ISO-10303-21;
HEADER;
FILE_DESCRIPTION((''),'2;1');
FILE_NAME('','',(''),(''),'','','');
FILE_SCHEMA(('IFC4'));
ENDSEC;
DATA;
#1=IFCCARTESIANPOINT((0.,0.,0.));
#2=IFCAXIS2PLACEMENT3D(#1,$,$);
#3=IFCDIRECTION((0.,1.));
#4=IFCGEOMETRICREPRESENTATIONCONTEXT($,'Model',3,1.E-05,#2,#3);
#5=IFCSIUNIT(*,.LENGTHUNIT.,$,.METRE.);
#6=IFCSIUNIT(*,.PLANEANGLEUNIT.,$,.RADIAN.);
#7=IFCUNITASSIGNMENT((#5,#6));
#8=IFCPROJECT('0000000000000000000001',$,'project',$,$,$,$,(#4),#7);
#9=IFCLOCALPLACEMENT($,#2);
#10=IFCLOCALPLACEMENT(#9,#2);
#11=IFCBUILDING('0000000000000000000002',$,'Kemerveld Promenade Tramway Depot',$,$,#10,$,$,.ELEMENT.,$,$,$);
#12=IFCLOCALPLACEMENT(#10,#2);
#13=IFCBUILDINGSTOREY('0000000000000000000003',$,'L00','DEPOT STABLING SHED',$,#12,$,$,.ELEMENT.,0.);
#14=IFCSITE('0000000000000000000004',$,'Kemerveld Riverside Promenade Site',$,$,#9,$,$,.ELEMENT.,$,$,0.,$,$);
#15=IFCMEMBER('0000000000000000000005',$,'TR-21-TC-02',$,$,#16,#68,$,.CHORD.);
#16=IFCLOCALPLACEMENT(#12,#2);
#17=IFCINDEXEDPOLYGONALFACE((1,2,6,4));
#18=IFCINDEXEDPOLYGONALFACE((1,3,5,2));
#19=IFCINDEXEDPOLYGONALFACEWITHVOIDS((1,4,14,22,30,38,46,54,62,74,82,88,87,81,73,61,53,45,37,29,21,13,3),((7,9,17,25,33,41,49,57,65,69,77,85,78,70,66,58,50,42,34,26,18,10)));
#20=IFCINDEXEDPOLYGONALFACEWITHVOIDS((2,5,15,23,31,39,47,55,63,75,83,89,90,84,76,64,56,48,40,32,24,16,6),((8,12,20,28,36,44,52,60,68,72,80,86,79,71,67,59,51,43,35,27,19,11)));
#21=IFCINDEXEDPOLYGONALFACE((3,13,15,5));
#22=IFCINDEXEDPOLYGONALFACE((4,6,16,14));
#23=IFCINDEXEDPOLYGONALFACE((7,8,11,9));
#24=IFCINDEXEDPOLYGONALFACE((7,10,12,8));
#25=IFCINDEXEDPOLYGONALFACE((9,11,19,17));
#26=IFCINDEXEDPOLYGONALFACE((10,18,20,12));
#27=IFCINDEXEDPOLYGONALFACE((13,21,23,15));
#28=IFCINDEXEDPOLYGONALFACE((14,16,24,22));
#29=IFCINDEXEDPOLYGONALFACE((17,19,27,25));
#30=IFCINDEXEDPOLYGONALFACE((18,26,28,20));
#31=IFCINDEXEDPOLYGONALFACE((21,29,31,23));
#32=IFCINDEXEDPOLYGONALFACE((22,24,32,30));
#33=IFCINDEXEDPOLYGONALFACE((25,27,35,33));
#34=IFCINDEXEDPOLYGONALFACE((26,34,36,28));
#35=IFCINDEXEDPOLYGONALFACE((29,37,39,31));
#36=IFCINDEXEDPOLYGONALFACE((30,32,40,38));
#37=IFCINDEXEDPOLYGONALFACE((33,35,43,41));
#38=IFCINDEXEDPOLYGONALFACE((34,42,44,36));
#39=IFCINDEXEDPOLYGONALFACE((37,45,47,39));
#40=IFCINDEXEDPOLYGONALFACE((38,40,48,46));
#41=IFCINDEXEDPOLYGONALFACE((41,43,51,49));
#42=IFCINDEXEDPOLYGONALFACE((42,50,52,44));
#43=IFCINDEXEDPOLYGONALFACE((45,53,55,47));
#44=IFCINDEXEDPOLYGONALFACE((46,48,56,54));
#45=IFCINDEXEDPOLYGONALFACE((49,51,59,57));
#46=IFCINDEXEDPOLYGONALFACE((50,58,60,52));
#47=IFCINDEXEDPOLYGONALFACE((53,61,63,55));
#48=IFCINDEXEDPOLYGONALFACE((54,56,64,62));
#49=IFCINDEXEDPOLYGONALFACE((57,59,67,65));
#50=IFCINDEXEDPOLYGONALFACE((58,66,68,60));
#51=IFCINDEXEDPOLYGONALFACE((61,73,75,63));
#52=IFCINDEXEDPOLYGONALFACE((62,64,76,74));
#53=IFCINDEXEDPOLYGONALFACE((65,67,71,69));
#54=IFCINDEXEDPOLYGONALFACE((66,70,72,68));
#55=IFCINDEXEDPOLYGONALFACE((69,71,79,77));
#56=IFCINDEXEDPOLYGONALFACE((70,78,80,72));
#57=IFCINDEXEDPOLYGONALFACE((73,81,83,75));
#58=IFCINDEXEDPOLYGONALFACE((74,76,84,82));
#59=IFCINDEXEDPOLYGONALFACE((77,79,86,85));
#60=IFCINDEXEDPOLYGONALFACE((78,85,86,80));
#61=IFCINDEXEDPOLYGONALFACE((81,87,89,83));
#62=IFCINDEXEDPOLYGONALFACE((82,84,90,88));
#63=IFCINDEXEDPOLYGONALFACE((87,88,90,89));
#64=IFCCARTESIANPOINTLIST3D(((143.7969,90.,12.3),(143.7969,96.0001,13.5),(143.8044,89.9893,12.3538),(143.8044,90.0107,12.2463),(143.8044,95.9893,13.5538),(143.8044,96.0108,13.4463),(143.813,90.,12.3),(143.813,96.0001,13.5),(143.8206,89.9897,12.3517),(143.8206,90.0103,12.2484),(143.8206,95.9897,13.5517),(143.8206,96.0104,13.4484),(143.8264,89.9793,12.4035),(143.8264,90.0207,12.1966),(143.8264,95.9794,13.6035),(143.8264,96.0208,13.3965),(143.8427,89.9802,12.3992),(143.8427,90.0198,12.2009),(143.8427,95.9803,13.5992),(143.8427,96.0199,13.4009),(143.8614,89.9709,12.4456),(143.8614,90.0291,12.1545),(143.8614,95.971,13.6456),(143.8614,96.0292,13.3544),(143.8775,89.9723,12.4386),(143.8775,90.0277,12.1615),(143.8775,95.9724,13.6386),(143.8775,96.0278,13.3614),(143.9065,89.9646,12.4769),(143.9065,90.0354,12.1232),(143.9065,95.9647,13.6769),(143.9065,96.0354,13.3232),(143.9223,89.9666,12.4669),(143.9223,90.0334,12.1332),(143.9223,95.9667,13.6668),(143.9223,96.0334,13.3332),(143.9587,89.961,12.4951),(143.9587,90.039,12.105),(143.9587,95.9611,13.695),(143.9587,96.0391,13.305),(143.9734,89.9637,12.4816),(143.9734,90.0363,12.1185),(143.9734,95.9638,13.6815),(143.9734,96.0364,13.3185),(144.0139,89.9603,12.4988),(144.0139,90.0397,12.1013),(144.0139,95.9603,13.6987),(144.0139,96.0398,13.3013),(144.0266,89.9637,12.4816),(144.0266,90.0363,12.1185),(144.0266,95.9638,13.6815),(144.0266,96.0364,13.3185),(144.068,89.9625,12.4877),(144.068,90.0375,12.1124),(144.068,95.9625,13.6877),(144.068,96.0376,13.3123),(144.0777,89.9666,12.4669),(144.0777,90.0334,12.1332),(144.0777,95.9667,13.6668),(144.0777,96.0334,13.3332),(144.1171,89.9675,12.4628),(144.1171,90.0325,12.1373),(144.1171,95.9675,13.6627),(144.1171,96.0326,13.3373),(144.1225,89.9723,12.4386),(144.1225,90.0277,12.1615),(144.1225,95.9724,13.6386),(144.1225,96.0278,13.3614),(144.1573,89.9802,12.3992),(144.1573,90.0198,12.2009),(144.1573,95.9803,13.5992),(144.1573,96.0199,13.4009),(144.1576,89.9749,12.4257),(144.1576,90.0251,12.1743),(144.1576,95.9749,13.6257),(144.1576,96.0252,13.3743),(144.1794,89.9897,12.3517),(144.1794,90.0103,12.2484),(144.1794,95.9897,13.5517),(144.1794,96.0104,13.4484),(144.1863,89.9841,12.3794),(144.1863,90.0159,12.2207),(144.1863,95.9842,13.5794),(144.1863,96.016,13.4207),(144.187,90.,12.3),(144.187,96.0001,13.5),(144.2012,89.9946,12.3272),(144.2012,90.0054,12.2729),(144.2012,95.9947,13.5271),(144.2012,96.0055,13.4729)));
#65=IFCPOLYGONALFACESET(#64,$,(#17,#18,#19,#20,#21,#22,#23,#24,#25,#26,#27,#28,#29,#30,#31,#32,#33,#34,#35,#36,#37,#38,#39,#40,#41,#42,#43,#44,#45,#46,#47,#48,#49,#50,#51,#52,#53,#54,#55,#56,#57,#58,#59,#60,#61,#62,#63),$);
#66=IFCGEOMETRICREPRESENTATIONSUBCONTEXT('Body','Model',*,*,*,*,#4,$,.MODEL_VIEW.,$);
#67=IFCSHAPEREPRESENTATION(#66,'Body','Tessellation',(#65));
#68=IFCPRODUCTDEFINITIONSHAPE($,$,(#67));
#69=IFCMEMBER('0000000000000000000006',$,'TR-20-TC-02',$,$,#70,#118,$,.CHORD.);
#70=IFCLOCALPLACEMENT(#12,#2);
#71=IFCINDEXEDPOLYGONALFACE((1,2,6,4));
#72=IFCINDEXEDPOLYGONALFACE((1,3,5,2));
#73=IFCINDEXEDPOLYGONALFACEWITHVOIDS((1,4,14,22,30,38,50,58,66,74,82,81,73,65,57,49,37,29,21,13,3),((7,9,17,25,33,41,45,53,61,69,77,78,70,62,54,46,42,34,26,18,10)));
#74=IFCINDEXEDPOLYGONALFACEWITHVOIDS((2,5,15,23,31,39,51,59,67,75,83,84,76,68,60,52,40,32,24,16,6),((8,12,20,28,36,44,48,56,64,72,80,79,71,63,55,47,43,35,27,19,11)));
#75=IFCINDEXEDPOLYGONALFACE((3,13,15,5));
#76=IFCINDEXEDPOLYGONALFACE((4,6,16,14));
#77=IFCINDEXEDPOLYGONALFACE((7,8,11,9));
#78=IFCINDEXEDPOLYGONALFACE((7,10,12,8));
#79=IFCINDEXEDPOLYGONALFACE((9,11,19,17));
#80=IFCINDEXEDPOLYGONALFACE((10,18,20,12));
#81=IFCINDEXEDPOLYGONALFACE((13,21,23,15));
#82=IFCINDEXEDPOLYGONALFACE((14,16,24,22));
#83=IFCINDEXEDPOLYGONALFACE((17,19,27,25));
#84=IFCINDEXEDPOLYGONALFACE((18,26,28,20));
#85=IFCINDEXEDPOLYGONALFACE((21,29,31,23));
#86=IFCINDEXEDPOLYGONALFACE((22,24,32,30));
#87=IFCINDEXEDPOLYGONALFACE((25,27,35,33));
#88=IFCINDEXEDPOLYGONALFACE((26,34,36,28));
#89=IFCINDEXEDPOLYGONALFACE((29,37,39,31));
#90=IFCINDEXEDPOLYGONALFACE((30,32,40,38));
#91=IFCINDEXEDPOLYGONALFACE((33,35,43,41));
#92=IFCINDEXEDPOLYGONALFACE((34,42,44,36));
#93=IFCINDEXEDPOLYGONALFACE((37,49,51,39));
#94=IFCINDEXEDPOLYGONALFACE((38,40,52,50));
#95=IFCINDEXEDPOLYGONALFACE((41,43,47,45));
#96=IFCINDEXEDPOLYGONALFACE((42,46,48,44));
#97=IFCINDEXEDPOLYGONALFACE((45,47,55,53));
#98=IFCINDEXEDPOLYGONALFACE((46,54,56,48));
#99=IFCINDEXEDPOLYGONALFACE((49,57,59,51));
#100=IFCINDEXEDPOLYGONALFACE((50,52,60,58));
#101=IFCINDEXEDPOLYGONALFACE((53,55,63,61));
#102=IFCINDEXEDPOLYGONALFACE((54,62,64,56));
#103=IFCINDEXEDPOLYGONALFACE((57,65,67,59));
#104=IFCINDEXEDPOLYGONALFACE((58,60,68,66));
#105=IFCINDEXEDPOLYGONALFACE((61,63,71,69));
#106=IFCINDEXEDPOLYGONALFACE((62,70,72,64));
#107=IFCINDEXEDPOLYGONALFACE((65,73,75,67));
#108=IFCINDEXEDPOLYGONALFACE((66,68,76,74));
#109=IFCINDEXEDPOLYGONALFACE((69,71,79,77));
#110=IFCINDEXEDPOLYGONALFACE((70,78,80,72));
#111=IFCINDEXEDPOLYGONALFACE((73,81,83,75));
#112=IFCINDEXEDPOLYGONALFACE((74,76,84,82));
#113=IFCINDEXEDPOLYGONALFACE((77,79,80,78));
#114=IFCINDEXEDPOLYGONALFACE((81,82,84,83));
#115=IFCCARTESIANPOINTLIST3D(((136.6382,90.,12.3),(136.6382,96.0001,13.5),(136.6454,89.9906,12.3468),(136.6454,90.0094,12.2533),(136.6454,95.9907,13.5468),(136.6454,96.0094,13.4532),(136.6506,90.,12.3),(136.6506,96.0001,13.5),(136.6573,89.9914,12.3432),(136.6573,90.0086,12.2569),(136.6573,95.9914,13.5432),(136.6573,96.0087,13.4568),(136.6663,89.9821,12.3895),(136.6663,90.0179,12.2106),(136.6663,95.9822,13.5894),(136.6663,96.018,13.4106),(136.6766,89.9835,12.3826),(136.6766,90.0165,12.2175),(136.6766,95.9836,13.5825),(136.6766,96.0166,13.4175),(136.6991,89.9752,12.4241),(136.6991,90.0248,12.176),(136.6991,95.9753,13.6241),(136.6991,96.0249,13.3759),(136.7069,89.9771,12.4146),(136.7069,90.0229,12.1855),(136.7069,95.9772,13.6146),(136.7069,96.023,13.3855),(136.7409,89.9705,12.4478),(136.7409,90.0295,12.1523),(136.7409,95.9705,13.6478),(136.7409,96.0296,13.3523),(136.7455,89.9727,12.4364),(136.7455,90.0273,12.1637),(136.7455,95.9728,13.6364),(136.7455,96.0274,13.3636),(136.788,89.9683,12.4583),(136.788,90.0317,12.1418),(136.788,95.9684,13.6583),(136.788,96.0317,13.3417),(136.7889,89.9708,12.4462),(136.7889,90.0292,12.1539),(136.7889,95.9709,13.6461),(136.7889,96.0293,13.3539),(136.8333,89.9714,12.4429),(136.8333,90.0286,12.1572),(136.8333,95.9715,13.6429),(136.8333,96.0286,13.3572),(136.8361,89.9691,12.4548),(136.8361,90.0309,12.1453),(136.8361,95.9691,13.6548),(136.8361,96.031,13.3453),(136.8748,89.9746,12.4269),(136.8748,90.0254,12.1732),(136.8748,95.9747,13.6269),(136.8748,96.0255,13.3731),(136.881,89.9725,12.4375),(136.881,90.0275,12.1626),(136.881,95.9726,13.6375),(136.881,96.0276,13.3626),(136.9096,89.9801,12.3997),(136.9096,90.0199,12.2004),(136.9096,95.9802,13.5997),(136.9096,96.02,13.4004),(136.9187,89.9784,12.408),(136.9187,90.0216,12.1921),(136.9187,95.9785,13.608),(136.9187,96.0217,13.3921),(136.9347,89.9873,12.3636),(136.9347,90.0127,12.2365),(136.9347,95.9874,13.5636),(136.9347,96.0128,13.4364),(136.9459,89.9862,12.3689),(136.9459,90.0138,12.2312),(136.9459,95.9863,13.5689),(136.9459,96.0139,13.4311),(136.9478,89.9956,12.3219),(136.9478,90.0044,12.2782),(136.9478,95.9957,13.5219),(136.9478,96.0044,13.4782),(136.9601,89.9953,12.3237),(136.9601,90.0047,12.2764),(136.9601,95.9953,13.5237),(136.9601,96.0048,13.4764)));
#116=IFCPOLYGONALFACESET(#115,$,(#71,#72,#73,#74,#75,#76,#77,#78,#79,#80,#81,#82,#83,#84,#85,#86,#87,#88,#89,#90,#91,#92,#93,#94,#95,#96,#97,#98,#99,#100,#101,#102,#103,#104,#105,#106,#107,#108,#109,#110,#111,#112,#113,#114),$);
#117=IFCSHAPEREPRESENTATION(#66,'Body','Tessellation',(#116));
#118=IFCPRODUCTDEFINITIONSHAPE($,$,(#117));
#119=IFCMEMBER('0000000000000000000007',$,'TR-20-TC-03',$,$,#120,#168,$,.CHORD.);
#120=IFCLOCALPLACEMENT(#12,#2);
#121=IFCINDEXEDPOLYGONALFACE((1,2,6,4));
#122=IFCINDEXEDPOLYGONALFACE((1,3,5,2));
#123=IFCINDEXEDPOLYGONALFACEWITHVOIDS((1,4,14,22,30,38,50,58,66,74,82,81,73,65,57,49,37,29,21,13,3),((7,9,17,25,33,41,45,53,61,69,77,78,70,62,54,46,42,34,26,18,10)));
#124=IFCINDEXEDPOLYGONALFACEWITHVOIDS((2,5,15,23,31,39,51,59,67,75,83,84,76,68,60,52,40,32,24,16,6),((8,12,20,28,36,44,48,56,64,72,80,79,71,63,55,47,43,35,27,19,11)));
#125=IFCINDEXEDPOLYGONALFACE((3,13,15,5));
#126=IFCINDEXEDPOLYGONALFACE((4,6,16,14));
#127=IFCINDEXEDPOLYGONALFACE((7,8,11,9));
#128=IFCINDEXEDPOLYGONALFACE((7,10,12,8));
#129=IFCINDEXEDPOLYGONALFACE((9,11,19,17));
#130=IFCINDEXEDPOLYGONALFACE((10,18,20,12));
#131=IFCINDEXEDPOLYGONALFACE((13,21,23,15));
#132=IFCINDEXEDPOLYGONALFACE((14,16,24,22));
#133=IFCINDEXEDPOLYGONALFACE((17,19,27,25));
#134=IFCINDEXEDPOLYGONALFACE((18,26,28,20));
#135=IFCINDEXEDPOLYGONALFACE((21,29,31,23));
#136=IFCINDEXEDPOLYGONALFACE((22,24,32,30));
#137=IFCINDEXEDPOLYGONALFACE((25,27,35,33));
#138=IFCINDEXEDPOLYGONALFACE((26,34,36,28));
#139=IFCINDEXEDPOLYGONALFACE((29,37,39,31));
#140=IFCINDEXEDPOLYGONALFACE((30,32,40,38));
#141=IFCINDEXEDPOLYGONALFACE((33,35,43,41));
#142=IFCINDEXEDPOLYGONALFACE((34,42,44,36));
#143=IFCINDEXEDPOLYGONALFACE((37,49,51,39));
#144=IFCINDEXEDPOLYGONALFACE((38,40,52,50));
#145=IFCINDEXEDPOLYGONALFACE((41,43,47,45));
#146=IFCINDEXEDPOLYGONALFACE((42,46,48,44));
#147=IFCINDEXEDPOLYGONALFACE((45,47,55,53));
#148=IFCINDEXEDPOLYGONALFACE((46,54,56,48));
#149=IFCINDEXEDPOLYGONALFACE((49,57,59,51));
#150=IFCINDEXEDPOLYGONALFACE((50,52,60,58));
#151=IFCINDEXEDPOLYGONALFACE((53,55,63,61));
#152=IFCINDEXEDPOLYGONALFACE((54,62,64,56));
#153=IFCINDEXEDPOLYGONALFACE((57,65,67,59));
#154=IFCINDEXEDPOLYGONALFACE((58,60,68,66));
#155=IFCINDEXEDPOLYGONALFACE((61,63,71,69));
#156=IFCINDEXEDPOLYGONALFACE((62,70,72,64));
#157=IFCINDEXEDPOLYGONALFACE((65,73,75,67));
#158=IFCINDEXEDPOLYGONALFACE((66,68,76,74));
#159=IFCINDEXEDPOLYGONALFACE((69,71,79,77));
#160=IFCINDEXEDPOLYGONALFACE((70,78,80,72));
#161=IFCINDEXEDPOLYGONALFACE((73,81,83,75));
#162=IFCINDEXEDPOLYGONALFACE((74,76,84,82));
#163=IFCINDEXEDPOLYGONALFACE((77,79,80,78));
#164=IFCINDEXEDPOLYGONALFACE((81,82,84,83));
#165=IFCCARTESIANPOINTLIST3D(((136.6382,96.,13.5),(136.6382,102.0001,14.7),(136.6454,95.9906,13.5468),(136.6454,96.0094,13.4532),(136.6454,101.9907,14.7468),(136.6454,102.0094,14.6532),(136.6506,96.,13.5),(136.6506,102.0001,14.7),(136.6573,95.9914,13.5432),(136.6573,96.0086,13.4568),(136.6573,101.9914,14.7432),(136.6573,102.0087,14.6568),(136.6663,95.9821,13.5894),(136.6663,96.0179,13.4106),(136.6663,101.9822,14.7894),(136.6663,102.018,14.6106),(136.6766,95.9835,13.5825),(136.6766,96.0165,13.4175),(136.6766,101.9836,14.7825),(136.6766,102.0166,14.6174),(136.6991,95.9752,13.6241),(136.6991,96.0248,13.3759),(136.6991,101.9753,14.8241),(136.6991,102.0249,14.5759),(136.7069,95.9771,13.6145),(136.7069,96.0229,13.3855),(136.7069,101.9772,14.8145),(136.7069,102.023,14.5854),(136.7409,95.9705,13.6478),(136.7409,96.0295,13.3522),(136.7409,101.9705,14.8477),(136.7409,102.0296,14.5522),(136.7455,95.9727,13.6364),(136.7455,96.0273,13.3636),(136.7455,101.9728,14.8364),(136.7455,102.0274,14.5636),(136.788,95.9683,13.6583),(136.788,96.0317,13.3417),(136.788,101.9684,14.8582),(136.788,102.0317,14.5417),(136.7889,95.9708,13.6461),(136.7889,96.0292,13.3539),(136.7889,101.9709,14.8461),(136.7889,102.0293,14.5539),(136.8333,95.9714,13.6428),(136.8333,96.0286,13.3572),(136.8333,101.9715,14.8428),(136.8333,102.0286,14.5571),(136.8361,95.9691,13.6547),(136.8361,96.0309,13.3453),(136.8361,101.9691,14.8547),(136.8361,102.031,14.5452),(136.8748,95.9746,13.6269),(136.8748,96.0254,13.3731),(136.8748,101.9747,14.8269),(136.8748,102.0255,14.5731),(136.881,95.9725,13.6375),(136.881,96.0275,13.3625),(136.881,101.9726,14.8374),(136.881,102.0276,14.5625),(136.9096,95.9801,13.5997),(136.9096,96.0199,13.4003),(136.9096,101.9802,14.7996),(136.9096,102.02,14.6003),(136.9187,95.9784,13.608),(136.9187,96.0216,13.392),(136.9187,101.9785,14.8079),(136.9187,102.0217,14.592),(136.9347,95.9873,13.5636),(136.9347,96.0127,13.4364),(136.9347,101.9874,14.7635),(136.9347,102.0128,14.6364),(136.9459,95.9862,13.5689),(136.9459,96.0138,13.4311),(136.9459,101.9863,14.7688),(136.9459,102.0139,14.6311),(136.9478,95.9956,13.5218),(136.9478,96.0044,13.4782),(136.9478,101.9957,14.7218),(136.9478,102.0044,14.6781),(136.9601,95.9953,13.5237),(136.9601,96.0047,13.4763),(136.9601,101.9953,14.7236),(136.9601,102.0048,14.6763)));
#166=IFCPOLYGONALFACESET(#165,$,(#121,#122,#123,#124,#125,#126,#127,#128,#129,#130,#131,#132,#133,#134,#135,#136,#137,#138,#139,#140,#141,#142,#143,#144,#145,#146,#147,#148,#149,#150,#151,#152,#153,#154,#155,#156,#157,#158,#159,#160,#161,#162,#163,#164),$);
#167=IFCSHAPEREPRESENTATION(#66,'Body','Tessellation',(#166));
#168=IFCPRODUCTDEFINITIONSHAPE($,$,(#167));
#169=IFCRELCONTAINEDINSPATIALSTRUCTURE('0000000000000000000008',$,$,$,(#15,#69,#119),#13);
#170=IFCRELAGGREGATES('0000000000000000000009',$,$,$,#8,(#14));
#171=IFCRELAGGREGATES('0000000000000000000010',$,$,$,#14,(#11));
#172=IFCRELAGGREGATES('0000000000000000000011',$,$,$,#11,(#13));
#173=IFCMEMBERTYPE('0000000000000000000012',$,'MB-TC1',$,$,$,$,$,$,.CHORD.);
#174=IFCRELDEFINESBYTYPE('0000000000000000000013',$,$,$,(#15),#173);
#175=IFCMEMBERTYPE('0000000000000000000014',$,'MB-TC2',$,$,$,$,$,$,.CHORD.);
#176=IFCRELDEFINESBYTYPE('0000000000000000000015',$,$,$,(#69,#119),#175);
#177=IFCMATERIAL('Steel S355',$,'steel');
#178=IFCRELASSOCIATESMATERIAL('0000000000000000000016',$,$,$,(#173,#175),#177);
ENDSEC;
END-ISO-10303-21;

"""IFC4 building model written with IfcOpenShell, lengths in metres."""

from ifc_helpers import new_model, si_unit, direction, frame, origin, origin_2d, place, context, subcontext, project, spatial, hollow_circle, extrude, material, material_profile, profile_set, type_object, element, save


model = new_model("IFC4")

# Units and contexts
model_context = context("Model", 3, precision=1e-05, world=origin(), true_north=direction((0.0, 1.0)))
body_context = subcontext(model_context, "Body", "Model", "MODEL_VIEW")
ifc_project = project(units=[si_unit("LENGTHUNIT", "METRE"), si_unit("PLANEANGLEUNIT", "RADIAN")], contexts=[model_context])

# Site, building, storey
site_placement = place(None, origin())
site = spatial("IfcSite", under=ifc_project, at=site_placement, Name="Kemerveld Riverside Promenade Site", CompositionType="ELEMENT", RefElevation=0.0)
building_placement = place(site_placement, origin())
building = spatial("IfcBuilding", under=site, at=building_placement, Name="Kemerveld Promenade Tramway Depot", CompositionType="ELEMENT")
storey_placement = place(building_placement, origin())
storey = spatial("IfcBuildingStorey", under=building, at=storey_placement, Name="L00", Description="DEPOT STABLING SHED", CompositionType="ELEMENT", Elevation=0.0)

# Members
ifc_material_1 = material(Name="Steel S355", Category="steel")
ifc_material_profile_1 = material_profile(ifc_material_1, hollow_circle(Radius=0.2031, WallThickness=0.0161, at=origin_2d()), Name="406.4x16.0 CHS")
ifc_profile_set_1 = profile_set([ifc_material_profile_1], Name="Steel S355")
member_type_1 = type_object("IfcMemberType", Name="MB-TC1", PredefinedType="CHORD", material=ifc_profile_set_1)
for number, where, z_axis, x_axis, name in (
    (1, (144.0, 90.0, 12.3), (0.0, 0.980582, 0.196108), (-1.0, 0.0, 0.0), "TR-21-TC-02"),
):
    element("IfcMember", number, at=place(storey_placement, frame(where, z_axis=z_axis, x_axis=x_axis)), inside=storey, type_object=member_type_1, Name=name, PredefinedType="CHORD", context=body_context, shape_type="SweptSolid", body=[
        extrude(hollow_circle(Radius=0.2031, WallThickness=0.0161, at=origin_2d()), origin(), (0.0, 0.0, 1.0), 6.1189),
    ])
ifc_material_profile_2 = material_profile(ifc_material_1, hollow_circle(Radius=0.1619, WallThickness=0.0125, at=origin_2d()), Name="323.9x12.5 CHS")
ifc_profile_set_2 = profile_set([ifc_material_profile_2], Name="Steel S355")
member_type_2 = type_object("IfcMemberType", Name="MB-TC2", PredefinedType="CHORD", material=ifc_profile_set_2)
for number, where, z_axis, x_axis, name in (
    (2, (136.8, 90.0, 12.3), (0.0, 0.980582, 0.196108), (-1.0, 0.0, 0.0), "TR-20-TC-02"),
    (3, (136.8, 96.0, 13.5), (0.0, 0.980582, 0.196108), (-1.0, 0.0, 0.0), "TR-20-TC-03"),
):
    element("IfcMember", number, at=place(storey_placement, frame(where, z_axis=z_axis, x_axis=x_axis)), inside=storey, type_object=member_type_2, Name=name, PredefinedType="CHORD", context=body_context, shape_type="SweptSolid", body=[
        extrude(hollow_circle(Radius=0.1619, WallThickness=0.0125, at=origin_2d()), origin(), (0.0, 0.0, 1.0), 6.1189),
    ])

save(model, "model.ifc")
